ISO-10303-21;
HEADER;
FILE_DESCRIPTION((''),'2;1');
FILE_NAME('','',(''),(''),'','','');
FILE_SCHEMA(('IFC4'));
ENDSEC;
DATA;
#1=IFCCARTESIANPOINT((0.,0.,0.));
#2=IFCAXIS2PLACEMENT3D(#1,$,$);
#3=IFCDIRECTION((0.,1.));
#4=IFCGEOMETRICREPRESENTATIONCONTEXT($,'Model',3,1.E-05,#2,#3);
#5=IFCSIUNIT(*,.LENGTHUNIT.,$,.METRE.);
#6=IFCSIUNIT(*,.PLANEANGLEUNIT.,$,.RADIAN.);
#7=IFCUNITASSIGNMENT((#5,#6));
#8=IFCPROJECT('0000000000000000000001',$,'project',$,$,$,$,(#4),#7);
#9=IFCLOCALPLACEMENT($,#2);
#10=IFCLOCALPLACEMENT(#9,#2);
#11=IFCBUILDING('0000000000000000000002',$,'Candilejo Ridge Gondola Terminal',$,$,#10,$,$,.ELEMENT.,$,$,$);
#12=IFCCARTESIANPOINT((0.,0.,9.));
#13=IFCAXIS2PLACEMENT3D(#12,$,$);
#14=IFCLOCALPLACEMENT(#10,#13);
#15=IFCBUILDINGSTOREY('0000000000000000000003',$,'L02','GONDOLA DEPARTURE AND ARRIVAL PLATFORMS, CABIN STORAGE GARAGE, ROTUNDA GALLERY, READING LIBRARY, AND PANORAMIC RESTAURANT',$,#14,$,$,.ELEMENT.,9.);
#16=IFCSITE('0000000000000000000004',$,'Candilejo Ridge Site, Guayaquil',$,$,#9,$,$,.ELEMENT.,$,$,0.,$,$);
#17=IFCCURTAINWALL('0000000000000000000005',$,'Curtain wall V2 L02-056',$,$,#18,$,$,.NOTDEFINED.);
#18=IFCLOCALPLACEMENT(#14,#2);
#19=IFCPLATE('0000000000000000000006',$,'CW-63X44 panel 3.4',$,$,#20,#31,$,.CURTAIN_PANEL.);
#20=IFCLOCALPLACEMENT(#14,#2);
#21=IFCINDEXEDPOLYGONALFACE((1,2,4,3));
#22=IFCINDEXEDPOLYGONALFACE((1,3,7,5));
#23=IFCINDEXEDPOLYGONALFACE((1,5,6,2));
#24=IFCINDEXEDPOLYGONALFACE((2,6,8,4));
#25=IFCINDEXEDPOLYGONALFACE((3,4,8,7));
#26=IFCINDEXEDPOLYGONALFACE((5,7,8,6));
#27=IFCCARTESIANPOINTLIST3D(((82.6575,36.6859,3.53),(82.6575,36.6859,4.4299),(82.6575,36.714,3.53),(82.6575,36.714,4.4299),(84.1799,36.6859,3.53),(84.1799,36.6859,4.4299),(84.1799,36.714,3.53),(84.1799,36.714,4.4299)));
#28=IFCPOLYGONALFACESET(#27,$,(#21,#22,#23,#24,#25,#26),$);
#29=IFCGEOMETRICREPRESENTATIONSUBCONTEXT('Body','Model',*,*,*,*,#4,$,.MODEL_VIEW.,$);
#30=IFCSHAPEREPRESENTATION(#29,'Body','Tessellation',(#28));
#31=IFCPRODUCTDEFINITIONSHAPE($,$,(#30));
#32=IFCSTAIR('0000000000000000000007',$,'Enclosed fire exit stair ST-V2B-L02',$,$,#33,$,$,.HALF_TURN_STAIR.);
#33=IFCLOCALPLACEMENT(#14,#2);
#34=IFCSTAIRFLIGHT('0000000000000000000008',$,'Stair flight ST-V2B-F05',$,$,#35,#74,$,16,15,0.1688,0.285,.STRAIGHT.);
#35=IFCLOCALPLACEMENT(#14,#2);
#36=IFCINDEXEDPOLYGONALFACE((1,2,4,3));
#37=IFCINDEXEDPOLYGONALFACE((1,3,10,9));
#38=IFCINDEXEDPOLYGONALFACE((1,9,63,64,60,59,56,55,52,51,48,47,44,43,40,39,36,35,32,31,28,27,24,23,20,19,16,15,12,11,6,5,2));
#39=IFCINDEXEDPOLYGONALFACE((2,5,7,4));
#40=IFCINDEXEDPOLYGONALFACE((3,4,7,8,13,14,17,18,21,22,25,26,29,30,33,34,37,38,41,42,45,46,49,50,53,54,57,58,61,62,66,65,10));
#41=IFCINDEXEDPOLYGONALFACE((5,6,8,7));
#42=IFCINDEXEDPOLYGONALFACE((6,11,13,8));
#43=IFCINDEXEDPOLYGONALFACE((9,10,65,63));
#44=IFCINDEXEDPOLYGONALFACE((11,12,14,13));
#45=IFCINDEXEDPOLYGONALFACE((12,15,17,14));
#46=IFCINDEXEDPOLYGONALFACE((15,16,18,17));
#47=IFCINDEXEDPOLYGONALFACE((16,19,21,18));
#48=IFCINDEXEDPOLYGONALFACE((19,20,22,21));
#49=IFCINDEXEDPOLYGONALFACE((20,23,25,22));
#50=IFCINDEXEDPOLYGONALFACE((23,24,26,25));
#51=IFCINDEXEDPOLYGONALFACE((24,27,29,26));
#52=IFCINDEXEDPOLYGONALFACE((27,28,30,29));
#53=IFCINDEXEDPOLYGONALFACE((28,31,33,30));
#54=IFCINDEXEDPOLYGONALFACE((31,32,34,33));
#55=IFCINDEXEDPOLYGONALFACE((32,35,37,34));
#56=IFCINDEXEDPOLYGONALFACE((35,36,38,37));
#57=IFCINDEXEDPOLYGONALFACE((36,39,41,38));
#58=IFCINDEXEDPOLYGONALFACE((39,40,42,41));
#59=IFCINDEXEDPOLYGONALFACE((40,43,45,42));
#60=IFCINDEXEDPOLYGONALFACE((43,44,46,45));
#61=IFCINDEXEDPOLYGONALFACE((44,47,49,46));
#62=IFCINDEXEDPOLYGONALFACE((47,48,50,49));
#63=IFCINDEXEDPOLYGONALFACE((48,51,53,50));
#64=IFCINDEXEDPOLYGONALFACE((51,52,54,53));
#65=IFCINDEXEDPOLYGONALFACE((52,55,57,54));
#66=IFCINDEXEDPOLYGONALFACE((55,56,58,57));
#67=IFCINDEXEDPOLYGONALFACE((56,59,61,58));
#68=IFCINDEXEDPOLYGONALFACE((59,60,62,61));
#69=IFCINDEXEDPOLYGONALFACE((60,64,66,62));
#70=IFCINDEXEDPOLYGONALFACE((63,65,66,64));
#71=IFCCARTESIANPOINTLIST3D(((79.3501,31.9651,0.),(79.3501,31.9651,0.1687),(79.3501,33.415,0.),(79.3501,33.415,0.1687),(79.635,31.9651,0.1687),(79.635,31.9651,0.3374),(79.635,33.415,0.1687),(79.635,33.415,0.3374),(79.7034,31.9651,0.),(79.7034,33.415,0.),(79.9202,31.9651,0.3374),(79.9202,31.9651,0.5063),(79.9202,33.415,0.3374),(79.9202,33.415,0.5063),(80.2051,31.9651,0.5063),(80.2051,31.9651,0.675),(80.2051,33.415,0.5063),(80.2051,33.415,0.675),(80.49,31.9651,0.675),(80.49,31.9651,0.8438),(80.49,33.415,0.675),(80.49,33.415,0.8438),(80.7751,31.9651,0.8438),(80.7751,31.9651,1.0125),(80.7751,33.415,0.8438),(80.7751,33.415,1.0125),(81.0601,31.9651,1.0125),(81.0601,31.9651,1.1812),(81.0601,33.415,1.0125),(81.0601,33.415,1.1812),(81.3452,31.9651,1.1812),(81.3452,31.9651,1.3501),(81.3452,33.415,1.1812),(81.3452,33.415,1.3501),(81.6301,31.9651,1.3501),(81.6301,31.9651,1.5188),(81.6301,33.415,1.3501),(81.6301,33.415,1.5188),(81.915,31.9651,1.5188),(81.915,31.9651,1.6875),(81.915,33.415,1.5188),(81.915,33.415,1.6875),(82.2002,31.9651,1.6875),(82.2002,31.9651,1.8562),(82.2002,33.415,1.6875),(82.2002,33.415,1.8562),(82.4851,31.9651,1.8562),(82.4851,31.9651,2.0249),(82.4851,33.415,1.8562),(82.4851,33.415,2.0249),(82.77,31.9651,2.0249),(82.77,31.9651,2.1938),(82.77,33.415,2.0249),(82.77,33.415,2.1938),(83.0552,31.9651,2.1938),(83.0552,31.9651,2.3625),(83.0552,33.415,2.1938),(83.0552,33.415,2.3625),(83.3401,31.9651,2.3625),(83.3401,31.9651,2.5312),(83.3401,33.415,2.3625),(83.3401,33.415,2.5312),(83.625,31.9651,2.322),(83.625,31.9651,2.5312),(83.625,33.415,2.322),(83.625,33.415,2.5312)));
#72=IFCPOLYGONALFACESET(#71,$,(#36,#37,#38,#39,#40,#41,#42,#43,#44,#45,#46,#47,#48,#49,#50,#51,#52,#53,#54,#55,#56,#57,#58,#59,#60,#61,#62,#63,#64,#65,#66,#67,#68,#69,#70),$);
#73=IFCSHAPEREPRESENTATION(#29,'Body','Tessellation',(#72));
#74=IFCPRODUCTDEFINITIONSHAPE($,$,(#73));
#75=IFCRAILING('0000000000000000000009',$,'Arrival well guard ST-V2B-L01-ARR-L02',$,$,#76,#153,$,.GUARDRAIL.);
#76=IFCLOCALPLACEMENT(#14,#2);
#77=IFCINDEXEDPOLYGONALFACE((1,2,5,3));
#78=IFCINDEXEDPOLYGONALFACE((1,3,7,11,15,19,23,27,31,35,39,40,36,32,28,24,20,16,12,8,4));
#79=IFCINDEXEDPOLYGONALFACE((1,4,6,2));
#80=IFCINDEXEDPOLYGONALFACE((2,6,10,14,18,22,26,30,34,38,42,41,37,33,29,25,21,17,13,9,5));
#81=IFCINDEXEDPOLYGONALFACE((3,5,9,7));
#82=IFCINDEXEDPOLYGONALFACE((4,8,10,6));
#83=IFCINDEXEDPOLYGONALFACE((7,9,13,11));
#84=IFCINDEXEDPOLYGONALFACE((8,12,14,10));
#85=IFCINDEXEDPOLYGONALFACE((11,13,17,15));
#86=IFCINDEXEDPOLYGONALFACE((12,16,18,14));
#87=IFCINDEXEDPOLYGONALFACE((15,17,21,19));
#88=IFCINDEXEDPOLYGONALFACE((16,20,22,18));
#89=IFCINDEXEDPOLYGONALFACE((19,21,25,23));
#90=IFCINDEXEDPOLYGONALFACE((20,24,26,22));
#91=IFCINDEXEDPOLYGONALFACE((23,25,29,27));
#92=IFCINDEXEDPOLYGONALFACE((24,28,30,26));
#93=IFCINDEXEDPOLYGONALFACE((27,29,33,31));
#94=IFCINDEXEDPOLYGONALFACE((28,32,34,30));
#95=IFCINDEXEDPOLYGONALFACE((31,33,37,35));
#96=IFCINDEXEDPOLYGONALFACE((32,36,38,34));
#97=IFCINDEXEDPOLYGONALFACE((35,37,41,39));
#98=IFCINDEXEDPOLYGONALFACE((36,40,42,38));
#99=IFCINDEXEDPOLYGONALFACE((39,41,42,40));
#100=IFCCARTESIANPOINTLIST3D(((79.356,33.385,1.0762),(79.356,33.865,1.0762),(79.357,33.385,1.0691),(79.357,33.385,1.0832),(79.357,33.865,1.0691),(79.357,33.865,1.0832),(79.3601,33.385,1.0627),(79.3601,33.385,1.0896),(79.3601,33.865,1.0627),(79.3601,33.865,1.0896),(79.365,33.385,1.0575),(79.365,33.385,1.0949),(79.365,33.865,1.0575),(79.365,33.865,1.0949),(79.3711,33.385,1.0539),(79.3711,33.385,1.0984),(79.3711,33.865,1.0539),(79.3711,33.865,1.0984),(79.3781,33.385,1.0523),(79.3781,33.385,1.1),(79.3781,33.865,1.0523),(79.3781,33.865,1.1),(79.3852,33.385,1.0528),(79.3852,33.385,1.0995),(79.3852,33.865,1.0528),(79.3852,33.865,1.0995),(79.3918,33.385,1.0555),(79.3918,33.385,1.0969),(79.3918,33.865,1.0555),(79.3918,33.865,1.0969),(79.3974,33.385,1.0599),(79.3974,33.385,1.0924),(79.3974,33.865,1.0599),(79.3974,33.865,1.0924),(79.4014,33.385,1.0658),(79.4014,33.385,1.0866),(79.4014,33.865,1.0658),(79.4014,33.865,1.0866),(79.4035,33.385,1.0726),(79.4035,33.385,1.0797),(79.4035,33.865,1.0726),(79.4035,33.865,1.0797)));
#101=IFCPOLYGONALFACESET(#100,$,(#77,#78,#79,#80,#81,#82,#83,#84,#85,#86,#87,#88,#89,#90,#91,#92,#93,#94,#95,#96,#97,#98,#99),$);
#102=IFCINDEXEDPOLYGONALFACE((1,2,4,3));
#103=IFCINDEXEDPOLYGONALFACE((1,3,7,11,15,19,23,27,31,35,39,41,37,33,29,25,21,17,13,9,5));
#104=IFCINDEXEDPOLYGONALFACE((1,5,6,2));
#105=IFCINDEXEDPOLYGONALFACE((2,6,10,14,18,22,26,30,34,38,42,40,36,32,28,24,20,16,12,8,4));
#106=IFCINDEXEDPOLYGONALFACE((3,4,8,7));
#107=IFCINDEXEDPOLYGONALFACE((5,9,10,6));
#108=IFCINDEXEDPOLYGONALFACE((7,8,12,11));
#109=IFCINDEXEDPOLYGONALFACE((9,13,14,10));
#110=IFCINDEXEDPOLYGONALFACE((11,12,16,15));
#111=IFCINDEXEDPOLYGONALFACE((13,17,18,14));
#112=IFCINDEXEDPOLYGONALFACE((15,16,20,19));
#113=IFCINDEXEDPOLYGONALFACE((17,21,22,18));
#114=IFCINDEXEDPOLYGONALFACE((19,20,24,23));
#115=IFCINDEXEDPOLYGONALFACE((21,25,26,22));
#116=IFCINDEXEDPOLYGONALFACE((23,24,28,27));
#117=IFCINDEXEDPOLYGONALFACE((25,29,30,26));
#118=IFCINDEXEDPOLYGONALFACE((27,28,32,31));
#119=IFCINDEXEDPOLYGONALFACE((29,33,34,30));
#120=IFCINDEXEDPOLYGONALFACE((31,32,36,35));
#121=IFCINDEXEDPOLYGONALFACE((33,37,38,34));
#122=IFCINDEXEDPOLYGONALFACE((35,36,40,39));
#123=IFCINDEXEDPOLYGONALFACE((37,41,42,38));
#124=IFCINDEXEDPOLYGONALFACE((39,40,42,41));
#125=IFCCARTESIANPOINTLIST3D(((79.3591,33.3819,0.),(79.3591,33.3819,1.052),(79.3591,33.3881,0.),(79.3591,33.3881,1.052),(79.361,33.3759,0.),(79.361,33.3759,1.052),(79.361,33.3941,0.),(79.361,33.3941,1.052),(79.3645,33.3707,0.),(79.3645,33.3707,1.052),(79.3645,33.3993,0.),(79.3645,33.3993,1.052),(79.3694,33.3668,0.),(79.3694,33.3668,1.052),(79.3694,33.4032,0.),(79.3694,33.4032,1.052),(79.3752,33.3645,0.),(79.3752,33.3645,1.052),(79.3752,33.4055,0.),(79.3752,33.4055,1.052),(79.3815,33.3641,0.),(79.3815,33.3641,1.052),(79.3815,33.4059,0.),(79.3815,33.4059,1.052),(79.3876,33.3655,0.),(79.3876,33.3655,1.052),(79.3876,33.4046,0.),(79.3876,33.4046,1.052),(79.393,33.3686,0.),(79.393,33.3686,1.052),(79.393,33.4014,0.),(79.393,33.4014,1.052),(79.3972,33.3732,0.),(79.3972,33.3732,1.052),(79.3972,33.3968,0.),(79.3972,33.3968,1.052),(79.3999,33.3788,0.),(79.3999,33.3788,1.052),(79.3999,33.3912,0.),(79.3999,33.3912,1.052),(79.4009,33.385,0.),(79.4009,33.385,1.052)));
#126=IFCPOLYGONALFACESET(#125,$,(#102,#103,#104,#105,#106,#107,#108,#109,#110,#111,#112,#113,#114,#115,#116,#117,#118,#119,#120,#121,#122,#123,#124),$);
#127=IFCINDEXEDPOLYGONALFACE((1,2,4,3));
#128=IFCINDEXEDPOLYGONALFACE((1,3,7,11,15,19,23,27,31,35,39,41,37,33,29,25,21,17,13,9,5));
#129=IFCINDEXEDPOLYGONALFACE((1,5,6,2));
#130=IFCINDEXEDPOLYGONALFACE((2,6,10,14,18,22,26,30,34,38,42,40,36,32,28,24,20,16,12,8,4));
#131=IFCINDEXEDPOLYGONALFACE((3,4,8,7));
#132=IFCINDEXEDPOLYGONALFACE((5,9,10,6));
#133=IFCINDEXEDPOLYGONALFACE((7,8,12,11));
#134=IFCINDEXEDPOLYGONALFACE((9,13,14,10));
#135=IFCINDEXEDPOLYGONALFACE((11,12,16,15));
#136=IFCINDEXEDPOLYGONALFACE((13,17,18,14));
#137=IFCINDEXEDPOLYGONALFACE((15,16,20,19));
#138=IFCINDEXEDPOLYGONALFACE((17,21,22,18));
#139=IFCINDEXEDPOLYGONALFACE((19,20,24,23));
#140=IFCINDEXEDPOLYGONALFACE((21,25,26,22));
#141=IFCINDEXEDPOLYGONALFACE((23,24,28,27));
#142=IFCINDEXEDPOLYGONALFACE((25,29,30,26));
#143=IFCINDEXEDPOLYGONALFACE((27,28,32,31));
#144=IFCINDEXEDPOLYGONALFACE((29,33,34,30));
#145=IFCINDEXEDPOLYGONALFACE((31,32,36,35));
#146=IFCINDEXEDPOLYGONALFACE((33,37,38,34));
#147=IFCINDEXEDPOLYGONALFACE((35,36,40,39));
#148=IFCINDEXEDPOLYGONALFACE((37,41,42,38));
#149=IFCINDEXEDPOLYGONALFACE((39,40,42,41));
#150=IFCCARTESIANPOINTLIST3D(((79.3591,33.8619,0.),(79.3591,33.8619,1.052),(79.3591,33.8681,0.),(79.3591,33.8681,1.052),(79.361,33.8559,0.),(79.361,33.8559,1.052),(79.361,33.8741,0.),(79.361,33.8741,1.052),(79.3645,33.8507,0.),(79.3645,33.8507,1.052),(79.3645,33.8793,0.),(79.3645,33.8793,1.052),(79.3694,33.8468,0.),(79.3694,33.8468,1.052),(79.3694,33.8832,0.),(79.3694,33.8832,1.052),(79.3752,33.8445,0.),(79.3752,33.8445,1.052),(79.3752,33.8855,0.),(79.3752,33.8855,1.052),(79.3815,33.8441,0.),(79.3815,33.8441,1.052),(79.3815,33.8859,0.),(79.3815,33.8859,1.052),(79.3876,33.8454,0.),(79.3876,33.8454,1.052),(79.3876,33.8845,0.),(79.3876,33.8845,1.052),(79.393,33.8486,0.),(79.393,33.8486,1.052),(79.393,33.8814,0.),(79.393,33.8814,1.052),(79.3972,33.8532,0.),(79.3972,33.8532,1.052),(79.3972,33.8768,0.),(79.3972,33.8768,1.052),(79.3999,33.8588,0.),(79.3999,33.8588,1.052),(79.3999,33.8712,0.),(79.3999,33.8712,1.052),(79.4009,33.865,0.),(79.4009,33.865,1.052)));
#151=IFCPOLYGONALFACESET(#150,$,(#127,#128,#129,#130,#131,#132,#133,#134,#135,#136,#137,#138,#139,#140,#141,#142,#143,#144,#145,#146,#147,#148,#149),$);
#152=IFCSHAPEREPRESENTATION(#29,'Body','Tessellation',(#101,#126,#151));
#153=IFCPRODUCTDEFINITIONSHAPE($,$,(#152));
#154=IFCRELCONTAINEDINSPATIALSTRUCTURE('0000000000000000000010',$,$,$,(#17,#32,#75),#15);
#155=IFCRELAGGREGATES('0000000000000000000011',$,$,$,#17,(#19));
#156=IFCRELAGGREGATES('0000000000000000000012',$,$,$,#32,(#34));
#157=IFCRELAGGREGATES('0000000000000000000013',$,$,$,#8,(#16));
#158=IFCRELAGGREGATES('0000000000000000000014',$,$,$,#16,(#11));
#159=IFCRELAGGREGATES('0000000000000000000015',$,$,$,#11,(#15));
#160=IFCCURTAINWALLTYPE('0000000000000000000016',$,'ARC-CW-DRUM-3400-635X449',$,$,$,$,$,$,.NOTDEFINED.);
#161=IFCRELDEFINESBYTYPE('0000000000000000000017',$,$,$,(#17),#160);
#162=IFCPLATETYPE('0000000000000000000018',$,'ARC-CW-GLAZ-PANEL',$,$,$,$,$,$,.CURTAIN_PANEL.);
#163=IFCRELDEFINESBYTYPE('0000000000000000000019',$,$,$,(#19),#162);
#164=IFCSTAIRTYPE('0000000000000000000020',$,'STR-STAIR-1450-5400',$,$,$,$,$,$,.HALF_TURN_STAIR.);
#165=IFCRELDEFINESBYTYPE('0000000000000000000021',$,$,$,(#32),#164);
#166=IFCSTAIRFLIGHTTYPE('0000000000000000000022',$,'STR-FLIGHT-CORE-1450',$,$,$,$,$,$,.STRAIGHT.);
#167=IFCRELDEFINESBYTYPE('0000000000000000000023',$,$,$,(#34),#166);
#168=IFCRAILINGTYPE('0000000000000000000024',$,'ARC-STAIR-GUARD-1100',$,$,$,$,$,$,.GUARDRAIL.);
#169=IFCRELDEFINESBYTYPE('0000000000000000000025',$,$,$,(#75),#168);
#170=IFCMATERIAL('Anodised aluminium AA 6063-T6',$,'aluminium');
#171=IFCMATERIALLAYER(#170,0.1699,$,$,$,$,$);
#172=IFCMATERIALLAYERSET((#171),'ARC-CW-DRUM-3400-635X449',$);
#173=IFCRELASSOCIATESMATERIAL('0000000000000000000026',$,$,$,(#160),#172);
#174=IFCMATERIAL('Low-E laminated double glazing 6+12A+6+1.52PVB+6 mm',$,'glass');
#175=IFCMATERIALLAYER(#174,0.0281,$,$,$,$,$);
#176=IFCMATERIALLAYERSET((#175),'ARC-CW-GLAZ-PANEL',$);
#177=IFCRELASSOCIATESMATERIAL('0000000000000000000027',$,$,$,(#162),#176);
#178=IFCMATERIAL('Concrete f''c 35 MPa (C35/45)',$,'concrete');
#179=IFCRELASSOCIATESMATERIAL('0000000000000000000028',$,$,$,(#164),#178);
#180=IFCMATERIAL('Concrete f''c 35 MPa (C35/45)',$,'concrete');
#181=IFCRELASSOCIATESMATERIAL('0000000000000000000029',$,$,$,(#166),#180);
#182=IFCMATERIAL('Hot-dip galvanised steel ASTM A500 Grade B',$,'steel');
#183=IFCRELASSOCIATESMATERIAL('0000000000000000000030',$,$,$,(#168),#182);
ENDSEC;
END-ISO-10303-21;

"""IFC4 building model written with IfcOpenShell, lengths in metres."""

from ifc_helpers import new_model, si_unit, direction, frame, origin, origin_2d, place, context, subcontext, project, spatial, polyline, rectangle, circle, outline, extrude, material, layer, layer_set, type_object, element, aggregate, save


model = new_model("IFC4")

# Units and contexts
model_context = context("Model", 3, precision=1e-05, world=origin(), true_north=direction((0.0, 1.0)))
body_context = subcontext(model_context, "Body", "Model", "MODEL_VIEW")
ifc_project = project(units=[si_unit("LENGTHUNIT", "METRE"), si_unit("PLANEANGLEUNIT", "RADIAN")], contexts=[model_context])

# Site, building, storey
site_placement = place(None, origin())
site = spatial("IfcSite", under=ifc_project, at=site_placement, Name="Candilejo Ridge Site, Guayaquil", CompositionType="ELEMENT", RefElevation=0.0)
building_placement = place(site_placement, origin())
building = spatial("IfcBuilding", under=site, at=building_placement, Name="Candilejo Ridge Gondola Terminal", CompositionType="ELEMENT")
storey_placement = place(building_placement, frame((0.0, 0.0, 9.0)))
storey = spatial("IfcBuildingStorey", under=building, at=storey_placement, Name="L02", Description="GONDOLA DEPARTURE AND ARRIVAL PLATFORMS, CABIN STORAGE GARAGE, ROTUNDA GALLERY, READING LIBRARY, AND PANORAMIC RESTAURANT", CompositionType="ELEMENT", Elevation=9.0)

# Curtain wall
ifc_material_1 = material(Name="Anodised aluminium AA 6063-T6", Category="aluminium")
ifc_layer_1 = layer(ifc_material_1, 0.1699)
ifc_layer_set_1 = layer_set([ifc_layer_1], Name="ARC-CW-DRUM-3400-635X449")
curtain_wall_type = type_object("IfcCurtainWallType", Name="ARC-CW-DRUM-3400-635X449", PredefinedType="NOTDEFINED", material=ifc_layer_set_1)
curtain_wall_placement = place(storey_placement, origin())
curtain_wall = element("IfcCurtainWall", 1, at=curtain_wall_placement, inside=storey, type_object=curtain_wall_type, Name="Curtain wall V2 L02-056", PredefinedType="NOTDEFINED")

# Plate
ifc_material_2 = material(Name="Low-E laminated double glazing 6+12A+6+1.52PVB+6 mm", Category="glass")
ifc_layer_2 = layer(ifc_material_2, 0.0281)
ifc_layer_set_2 = layer_set([ifc_layer_2], Name="ARC-CW-GLAZ-PANEL")
plate_type = type_object("IfcPlateType", Name="ARC-CW-GLAZ-PANEL", PredefinedType="CURTAIN_PANEL", material=ifc_layer_set_2)
plate_1_placement = place(storey_placement, frame((83.4187, 36.7, 3.53), z_axis=(0.0, 0.0, 1.0), x_axis=(1.0, 0.0, 0.0)))
plate_1 = element("IfcPlate", 2, at=plate_1_placement, type_object=plate_type, Name="CW-63X44 panel 3.4", PredefinedType="CURTAIN_PANEL", context=body_context, shape_type="SweptSolid", body=[
    extrude(rectangle(XDim=1.5225, YDim=0.0281, at=origin_2d()), origin(), (0.0, 0.0, 1.0), 0.8999),
])
aggregate(curtain_wall, [plate_1])

# Stair, stair flight
ifc_material_3 = material(Name="Concrete f'c 35 MPa (C35/45)", Category="concrete")
stair_type = type_object("IfcStairType", Name="STR-STAIR-1450-5400", PredefinedType="HALF_TURN_STAIR", material=ifc_material_3)
stair_placement = place(storey_placement, origin())
stair = element("IfcStair", 3, at=stair_placement, inside=storey, type_object=stair_type, Name="Enclosed fire exit stair ST-V2B-L02", PredefinedType="HALF_TURN_STAIR")
ifc_material_4 = material(Name="Concrete f'c 35 MPa (C35/45)", Category="concrete")
stair_flight_type = type_object("IfcStairFlightType", Name="STR-FLIGHT-CORE-1450", PredefinedType="STRAIGHT", material=ifc_material_4)
stair_flight_placement = place(storey_placement, frame((79.3501, 32.6899, 0.0), z_axis=(0.0, 0.0, 1.0), x_axis=(1.0, 0.0, 0.0)))
stair_flight = element("IfcStairFlight", 4, at=stair_flight_placement, type_object=stair_flight_type, Name="Stair flight ST-V2B-F05", NumberOfRisers=16, NumberOfTreads=15, PredefinedType="STRAIGHT", RiserHeight=0.1688, TreadLength=0.285, context=body_context, shape_type="SweptSolid", body=[
    extrude(outline(polyline([(0.0, 0.0), (0.0, 0.1687), (0.2849, 0.1687), (0.2849, 0.3374), (0.5701, 0.3374), (0.5701, 0.5063), (0.855, 0.5063), (0.855, 0.675), (1.1399, 0.675), (1.1399, 0.8438), (1.425, 0.8438), (1.425, 1.0125), (1.71, 1.0125), (1.71, 1.1812), (1.9951, 1.1812), (1.9951, 1.3501), (2.28, 1.3501), (2.28, 1.5188), (2.5649, 1.5188), (2.5649, 1.6875), (2.8501, 1.6875), (2.8501, 1.8562), (3.135, 1.8562), (3.135, 2.0249), (3.4199, 2.0249), (3.4199, 2.1938), (3.7051, 2.1938), (3.7051, 2.3625), (3.99, 2.3625), (3.99, 2.5312), (4.2749, 2.5312), (4.2749, 2.7), (4.2749, 2.322), (0.3533, 0.0), (0.0, 0.0)])), frame((0.0, 0.7251, 0.0), z_axis=(0.0, -1.0, 0.0), x_axis=(1.0, 0.0, 0.0)), (0.0, 0.0, 1.0), 1.45),
])
aggregate(stair, [stair_flight])

# Railing
ifc_material_5 = material(Name="Hot-dip galvanised steel ASTM A500 Grade B", Category="steel")
railing_type_1 = type_object("IfcRailingType", Name="ARC-STAIR-GUARD-1100", PredefinedType="GUARDRAIL", material=ifc_material_5)
railing_1_placement = place(storey_placement, frame((79.3799, 33.385, 0.0)))
element("IfcRailing", 5, at=railing_1_placement, inside=storey, type_object=railing_type_1, Name="Arrival well guard ST-V2B-L01-ARR-L02", PredefinedType="GUARDRAIL", context=body_context, shape_type="SweptSolid", body=[
    extrude(circle(Radius=0.0239, at=origin_2d()), frame((0.0, 0.0, 1.0762), z_axis=(0.0, 1.0, 0.0), x_axis=(-1.0, 0.0, 0.0)), (0.0, 0.0, 1.0), 0.48),
    extrude(circle(Radius=0.021, at=origin_2d()), origin(), (0.0, 0.0, 1.0), 1.052),
    extrude(circle(Radius=0.021, at=origin_2d()), frame((0.0, 0.48, 0.0)), (0.0, 0.0, 1.0), 1.052),
])

save(model, "model.ifc")
